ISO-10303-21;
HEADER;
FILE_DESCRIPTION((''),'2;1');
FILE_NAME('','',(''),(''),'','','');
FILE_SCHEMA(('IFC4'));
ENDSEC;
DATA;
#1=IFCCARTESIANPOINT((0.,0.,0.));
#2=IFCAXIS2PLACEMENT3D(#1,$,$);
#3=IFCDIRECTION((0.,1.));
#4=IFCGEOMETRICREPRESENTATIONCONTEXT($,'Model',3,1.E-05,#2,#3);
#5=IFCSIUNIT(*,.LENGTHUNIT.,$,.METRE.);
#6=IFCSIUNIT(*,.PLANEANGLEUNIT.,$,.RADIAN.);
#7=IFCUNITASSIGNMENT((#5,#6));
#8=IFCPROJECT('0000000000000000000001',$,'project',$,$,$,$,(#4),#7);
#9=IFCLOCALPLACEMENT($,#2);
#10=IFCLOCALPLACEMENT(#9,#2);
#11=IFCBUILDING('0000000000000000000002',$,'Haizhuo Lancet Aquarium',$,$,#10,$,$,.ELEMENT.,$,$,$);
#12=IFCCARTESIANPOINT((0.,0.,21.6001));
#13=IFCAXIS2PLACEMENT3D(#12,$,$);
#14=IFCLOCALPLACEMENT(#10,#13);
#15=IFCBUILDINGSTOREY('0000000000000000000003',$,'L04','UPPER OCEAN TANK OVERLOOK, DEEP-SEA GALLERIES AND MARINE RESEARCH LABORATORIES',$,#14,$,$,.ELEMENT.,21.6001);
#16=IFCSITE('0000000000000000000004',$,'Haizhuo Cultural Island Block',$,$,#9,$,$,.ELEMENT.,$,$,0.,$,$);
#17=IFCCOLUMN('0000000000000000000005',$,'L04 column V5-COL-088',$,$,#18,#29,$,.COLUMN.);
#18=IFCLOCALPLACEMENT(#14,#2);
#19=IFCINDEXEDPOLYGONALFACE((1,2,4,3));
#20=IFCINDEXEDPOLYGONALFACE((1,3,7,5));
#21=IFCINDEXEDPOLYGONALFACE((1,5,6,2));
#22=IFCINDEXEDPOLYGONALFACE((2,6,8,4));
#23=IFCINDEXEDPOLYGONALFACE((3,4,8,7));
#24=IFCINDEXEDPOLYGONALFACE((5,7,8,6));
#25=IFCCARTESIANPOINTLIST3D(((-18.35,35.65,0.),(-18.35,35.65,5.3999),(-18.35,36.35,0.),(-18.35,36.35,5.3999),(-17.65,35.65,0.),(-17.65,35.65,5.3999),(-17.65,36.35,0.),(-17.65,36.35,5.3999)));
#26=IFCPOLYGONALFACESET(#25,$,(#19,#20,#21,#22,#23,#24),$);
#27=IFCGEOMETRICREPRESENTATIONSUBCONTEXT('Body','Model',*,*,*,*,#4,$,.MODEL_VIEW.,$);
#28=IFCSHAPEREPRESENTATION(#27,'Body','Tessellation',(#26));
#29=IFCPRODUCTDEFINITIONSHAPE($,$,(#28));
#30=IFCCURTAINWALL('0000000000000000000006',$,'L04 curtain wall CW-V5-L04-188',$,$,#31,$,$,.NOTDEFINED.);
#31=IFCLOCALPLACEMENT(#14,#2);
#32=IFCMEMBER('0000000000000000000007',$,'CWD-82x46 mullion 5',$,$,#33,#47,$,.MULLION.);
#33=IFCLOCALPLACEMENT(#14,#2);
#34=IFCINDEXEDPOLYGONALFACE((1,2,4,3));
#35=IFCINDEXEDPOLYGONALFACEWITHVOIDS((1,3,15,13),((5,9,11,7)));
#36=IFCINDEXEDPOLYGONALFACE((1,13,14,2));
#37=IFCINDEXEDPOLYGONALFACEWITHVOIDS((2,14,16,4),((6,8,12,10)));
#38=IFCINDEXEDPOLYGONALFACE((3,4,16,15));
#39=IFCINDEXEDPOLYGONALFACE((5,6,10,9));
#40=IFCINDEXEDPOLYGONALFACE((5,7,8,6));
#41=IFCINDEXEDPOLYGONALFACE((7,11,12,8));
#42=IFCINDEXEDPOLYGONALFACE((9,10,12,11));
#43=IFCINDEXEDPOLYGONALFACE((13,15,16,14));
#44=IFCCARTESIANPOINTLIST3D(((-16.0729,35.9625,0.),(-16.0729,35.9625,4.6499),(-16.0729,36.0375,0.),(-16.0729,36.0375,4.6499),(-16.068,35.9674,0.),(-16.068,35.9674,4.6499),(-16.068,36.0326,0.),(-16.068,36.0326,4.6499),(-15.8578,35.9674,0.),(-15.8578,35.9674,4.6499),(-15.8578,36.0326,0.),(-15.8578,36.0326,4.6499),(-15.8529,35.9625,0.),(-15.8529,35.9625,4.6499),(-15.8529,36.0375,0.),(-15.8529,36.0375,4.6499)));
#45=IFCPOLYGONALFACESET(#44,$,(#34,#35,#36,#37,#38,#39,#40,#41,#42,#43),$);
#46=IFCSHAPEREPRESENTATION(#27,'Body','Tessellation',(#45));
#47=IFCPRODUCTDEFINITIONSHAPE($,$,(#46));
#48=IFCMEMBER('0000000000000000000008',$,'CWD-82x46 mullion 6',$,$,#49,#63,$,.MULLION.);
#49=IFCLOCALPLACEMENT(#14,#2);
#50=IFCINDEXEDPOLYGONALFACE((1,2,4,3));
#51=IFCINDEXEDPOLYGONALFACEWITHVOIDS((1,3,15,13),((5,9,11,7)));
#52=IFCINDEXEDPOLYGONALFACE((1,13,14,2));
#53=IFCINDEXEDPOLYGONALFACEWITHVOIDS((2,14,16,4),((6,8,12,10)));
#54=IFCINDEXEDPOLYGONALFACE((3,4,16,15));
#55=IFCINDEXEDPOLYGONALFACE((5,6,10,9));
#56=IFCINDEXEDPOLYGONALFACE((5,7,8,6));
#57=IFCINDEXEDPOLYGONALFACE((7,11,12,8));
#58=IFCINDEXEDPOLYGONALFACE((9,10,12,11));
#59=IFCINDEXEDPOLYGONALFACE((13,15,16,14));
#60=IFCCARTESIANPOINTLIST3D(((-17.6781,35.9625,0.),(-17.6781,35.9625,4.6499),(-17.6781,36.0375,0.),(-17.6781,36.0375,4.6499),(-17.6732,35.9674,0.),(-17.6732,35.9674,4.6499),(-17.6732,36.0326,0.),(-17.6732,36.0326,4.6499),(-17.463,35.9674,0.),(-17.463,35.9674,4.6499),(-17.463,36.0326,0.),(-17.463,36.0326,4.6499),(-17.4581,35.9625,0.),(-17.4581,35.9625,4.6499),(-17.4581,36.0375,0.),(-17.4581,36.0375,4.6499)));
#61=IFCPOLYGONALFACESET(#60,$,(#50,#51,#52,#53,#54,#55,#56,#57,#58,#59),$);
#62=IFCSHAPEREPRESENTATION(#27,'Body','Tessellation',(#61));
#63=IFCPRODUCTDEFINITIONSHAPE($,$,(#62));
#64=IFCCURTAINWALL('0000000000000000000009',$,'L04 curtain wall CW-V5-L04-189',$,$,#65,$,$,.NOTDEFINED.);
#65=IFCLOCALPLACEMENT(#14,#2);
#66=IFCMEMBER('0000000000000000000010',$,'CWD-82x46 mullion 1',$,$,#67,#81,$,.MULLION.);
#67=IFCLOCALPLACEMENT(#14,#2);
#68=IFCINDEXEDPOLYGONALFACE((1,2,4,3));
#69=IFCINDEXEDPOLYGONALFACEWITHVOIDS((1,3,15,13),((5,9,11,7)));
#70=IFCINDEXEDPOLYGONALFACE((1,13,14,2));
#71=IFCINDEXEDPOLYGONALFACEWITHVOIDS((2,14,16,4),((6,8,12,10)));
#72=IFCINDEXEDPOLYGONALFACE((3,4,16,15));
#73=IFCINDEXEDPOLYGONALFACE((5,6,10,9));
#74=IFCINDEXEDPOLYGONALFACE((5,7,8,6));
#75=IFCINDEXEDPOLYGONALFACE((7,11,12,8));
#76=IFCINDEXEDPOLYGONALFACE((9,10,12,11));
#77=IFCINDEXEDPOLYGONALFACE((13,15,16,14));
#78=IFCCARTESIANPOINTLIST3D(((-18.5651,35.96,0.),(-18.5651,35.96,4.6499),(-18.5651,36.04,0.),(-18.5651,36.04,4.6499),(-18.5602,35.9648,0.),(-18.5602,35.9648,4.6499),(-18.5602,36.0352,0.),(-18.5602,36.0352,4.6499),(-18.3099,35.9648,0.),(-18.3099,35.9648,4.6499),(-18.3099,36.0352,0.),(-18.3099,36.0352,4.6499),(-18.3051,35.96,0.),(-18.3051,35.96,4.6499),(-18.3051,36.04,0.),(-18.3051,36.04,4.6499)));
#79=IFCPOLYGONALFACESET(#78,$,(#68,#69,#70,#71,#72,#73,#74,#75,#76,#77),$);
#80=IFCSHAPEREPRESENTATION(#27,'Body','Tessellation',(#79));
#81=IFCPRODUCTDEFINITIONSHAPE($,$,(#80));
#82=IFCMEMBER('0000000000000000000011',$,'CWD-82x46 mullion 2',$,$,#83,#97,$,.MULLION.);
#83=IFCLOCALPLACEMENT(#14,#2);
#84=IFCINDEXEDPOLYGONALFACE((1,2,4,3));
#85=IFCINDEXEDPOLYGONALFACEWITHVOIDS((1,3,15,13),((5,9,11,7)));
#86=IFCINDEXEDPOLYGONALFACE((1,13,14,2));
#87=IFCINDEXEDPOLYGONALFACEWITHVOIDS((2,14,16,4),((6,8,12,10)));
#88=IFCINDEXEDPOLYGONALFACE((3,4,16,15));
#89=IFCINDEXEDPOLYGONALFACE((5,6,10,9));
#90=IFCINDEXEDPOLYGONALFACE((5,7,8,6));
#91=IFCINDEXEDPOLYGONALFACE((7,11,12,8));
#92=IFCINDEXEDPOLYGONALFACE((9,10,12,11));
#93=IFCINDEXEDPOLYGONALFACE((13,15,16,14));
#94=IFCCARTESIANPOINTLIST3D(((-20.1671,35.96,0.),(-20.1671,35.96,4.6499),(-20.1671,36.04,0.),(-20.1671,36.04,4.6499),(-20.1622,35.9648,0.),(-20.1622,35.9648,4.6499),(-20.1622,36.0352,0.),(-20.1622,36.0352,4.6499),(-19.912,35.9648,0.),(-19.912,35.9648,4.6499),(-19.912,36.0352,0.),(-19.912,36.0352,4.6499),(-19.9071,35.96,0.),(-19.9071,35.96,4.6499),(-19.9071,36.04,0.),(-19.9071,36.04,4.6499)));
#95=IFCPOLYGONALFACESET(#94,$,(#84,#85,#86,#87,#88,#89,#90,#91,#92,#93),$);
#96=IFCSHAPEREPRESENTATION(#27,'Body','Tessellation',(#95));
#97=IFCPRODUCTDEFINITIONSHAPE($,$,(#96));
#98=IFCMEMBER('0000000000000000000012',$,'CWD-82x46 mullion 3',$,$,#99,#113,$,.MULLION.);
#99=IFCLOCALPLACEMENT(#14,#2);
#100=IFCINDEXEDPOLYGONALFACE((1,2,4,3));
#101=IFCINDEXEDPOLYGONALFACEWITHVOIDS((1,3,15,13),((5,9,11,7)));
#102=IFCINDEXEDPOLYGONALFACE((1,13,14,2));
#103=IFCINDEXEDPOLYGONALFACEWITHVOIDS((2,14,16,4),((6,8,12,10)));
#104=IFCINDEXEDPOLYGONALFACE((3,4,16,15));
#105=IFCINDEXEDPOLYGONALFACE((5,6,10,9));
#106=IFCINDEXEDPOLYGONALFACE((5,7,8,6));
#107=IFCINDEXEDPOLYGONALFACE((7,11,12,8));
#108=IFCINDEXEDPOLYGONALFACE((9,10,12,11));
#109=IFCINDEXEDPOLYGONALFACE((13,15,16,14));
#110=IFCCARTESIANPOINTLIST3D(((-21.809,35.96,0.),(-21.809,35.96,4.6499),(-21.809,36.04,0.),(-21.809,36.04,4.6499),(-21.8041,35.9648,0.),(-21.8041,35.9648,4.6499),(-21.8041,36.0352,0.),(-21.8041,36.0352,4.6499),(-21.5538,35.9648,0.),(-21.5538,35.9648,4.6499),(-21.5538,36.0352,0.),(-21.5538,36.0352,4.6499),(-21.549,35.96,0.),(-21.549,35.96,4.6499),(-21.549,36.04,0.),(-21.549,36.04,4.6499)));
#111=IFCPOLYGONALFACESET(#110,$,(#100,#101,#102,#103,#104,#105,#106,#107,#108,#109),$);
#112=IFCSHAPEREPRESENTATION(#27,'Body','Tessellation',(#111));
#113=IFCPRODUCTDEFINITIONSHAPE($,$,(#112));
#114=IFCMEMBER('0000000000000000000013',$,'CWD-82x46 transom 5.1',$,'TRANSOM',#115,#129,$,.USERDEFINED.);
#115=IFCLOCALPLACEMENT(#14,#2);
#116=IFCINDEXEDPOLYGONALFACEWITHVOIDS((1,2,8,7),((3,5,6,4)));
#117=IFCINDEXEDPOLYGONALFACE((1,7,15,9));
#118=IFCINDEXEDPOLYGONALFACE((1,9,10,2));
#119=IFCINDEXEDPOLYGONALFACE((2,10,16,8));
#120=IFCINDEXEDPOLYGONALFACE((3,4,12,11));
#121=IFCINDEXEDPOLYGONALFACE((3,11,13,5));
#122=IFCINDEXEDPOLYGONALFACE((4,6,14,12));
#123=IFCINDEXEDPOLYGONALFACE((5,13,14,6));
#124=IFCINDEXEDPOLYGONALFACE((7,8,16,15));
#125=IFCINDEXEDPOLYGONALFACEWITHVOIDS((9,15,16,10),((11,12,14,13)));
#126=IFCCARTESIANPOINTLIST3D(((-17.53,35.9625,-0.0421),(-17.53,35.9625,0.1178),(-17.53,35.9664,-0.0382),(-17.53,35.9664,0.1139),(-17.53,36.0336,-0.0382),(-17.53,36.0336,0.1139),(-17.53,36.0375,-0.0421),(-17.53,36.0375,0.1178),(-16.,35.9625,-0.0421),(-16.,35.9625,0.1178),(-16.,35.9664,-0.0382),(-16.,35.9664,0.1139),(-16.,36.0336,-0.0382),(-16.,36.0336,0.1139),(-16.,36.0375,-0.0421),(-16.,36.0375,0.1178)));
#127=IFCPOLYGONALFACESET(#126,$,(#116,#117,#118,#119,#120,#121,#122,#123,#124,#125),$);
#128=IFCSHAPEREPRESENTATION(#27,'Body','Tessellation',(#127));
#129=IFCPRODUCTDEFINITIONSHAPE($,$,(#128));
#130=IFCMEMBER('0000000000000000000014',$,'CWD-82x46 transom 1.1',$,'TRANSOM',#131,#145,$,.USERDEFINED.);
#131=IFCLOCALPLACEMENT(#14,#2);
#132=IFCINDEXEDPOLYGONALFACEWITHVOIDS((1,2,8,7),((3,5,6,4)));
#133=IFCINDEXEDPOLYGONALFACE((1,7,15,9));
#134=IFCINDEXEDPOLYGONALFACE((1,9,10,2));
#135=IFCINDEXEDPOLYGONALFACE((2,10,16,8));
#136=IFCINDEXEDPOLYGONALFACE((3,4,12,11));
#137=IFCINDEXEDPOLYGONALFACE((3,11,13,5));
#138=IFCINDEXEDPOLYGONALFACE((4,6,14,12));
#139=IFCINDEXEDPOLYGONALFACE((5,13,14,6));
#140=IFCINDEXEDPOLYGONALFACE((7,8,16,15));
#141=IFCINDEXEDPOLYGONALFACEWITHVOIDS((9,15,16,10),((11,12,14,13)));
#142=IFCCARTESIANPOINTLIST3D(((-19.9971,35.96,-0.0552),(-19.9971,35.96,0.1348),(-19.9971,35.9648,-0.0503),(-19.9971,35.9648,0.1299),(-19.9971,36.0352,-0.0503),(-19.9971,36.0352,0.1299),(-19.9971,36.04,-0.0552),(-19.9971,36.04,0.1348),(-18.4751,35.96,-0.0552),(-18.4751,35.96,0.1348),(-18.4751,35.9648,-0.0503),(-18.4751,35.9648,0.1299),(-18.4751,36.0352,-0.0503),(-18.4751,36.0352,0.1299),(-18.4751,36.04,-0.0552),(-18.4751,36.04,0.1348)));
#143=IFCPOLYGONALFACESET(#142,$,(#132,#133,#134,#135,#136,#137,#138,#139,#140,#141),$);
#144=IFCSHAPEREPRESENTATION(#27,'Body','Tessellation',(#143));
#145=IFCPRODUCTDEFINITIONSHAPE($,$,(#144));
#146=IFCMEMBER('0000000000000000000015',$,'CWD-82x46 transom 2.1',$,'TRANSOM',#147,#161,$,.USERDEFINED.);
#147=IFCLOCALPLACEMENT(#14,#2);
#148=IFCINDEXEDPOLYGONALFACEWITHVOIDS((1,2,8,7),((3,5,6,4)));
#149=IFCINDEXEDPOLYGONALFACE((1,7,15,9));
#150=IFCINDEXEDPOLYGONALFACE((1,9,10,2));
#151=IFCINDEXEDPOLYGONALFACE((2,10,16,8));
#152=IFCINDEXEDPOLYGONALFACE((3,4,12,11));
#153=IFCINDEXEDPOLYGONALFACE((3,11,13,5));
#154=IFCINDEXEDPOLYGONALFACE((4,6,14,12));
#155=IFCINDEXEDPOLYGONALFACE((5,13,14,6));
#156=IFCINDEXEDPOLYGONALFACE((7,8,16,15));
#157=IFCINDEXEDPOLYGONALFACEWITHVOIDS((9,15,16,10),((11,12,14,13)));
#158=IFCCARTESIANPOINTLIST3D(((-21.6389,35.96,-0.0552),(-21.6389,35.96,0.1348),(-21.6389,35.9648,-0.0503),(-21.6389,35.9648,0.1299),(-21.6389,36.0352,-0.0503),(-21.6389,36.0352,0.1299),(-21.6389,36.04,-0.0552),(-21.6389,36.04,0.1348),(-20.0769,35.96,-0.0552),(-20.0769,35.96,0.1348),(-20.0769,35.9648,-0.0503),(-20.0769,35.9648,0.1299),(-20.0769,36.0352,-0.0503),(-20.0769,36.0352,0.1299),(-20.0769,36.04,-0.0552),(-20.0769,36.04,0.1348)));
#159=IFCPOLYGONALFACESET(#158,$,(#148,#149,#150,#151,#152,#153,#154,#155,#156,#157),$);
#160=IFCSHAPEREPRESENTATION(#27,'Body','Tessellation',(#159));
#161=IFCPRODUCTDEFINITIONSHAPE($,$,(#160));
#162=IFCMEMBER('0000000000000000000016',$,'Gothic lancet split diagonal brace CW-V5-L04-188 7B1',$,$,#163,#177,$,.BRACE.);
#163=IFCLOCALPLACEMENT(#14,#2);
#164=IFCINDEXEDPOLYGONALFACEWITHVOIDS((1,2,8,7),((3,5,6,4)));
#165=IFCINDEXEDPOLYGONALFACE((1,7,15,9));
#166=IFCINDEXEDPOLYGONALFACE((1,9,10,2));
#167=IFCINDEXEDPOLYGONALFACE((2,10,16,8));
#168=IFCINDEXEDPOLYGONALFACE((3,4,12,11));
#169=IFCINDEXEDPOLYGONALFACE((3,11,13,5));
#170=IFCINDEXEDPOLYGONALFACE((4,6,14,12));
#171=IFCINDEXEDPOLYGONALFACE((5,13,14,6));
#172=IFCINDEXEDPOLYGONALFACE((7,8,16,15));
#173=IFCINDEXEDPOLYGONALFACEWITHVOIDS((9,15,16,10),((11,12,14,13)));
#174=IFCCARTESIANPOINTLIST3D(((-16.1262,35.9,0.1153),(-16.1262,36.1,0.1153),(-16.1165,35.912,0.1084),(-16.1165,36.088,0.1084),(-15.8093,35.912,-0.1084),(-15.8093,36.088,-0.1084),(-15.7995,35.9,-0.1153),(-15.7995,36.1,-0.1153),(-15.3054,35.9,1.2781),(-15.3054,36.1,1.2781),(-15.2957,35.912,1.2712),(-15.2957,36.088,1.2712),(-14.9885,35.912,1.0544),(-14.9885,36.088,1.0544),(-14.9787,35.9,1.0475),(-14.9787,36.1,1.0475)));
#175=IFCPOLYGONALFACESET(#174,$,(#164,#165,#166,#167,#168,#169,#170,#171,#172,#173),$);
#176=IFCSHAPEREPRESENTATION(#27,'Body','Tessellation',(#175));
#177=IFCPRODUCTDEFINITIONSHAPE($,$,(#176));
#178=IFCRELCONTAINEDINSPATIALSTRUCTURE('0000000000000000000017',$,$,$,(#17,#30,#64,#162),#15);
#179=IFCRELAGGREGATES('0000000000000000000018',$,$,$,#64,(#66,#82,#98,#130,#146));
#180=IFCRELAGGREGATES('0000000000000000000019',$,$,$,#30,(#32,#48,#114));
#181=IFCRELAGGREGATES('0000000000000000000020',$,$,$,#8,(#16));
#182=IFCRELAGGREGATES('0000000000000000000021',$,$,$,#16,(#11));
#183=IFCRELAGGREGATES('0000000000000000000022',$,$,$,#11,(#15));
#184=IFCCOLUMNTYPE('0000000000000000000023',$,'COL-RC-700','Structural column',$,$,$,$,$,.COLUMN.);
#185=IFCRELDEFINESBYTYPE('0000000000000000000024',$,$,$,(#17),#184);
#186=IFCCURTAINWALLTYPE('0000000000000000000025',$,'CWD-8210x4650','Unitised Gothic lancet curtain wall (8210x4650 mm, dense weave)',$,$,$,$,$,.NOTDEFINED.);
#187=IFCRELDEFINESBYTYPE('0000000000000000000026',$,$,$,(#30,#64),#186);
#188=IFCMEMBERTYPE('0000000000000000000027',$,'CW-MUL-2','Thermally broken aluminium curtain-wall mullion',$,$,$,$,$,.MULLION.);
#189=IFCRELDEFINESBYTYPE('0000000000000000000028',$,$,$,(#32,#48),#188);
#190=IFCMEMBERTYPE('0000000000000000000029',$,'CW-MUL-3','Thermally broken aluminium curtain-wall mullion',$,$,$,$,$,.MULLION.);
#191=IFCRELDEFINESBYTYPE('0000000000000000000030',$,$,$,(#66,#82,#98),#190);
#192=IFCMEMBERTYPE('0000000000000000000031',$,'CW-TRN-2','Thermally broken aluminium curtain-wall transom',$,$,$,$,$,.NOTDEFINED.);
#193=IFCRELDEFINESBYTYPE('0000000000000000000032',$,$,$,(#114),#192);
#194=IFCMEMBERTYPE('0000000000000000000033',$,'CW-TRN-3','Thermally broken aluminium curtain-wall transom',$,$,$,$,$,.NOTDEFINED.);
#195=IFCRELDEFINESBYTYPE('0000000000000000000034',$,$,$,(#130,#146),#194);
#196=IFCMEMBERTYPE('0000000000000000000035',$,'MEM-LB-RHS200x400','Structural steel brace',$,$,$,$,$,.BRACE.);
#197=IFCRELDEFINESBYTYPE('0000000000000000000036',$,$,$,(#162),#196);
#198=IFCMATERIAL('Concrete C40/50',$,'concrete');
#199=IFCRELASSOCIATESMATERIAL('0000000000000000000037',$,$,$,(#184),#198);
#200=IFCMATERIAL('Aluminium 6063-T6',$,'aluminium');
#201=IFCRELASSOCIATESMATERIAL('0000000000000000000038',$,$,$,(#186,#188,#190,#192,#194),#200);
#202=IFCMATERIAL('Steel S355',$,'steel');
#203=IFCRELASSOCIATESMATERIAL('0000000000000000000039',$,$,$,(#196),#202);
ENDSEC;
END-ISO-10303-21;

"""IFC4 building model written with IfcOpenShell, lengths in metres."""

from ifc_helpers import new_model, si_unit, direction, frame, origin, origin_2d, place, context, subcontext, project, spatial, rectangle, hollow_rectangle, extrude, material, material_profile, profile_set, type_object, element, aggregate, save


model = new_model("IFC4")

# Units and contexts
model_context = context("Model", 3, precision=1e-05, world=origin(), true_north=direction((0.0, 1.0)))
body_context = subcontext(model_context, "Body", "Model", "MODEL_VIEW")
ifc_project = project(units=[si_unit("LENGTHUNIT", "METRE"), si_unit("PLANEANGLEUNIT", "RADIAN")], contexts=[model_context])

# Site, building, storey
site_placement = place(None, origin())
site = spatial("IfcSite", under=ifc_project, at=site_placement, Name="Haizhuo Cultural Island Block", CompositionType="ELEMENT", RefElevation=0.0)
building_placement = place(site_placement, origin())
building = spatial("IfcBuilding", under=site, at=building_placement, Name="Haizhuo Lancet Aquarium", CompositionType="ELEMENT")
storey_placement = place(building_placement, frame((0.0, 0.0, 21.6001)))
storey = spatial("IfcBuildingStorey", under=building, at=storey_placement, Name="L04", Description="UPPER OCEAN TANK OVERLOOK, DEEP-SEA GALLERIES AND MARINE RESEARCH LABORATORIES", CompositionType="ELEMENT", Elevation=21.6001)

# Column
ifc_material_1 = material(Name="Concrete C40/50", Category="concrete")
ifc_material_profile_1 = material_profile(ifc_material_1, rectangle(XDim=0.7, YDim=0.7, at=origin_2d()), Name="RC-COL 700x700")
ifc_profile_set_1 = profile_set([ifc_material_profile_1], Name="Concrete C40/50")
column_type = type_object("IfcColumnType", Name="COL-RC-700", Description="Structural column", PredefinedType="COLUMN", material=ifc_profile_set_1)
column_placement = place(storey_placement, frame((-18.0, 36.0, 0.0), z_axis=(0.0, 0.0, 1.0), x_axis=(1.0, 0.0, 0.0)))
element("IfcColumn", 1, at=column_placement, inside=storey, type_object=column_type, Name="L04 column V5-COL-088", PredefinedType="COLUMN", context=body_context, shape_type="SweptSolid", body=[
    extrude(rectangle(XDim=0.7, YDim=0.7, at=origin_2d()), origin(), (0.0, 0.0, 1.0), 5.3999),
])

# Curtain walls, members
ifc_material_2 = material(Name="Aluminium 6063-T6", Category="aluminium")
curtain_wall_type = type_object("IfcCurtainWallType", Name="CWD-8210x4650", Description="Unitised Gothic lancet curtain wall (8210x4650 mm, dense weave)", PredefinedType="NOTDEFINED", material=ifc_material_2)
curtain_wall_1_placement = place(storey_placement, origin())
curtain_wall_1 = element("IfcCurtainWall", 2, at=curtain_wall_1_placement, inside=storey, type_object=curtain_wall_type, Name="L04 curtain wall CW-V5-L04-188", PredefinedType="NOTDEFINED")
ifc_material_profile_2 = material_profile(ifc_material_2, hollow_rectangle(XDim=0.075, YDim=0.22, WallThickness=0.0049, at=origin_2d()), Name="ALU-M 75x220x5")
ifc_profile_set_2 = profile_set([ifc_material_profile_2], Name="Aluminium 6063-T6")
member_type_1 = type_object("IfcMemberType", Name="CW-MUL-2", Description="Thermally broken aluminium curtain-wall mullion", PredefinedType="MULLION", material=ifc_profile_set_2)
member_1_placement = place(storey_placement, frame((-15.9629, 36.0, 0.0), z_axis=(0.0, 0.0, 1.0), x_axis=(0.0, -1.0, 0.0)))
member_1 = element("IfcMember", 3, at=member_1_placement, type_object=member_type_1, Name="CWD-82x46 mullion 5", PredefinedType="MULLION", context=body_context, shape_type="SweptSolid", body=[
    extrude(hollow_rectangle(XDim=0.075, YDim=0.22, WallThickness=0.0049, at=origin_2d()), origin(), (0.0, 0.0, 1.0), 4.6499),
])
member_2_placement = place(storey_placement, frame((-17.5681, 36.0, 0.0), z_axis=(0.0, 0.0, 1.0), x_axis=(0.0, -1.0, 0.0)))
member_2 = element("IfcMember", 4, at=member_2_placement, type_object=member_type_1, Name="CWD-82x46 mullion 6", PredefinedType="MULLION", context=body_context, shape_type="SweptSolid", body=[
    extrude(hollow_rectangle(XDim=0.075, YDim=0.22, WallThickness=0.0049, at=origin_2d()), origin(), (0.0, 0.0, 1.0), 4.6499),
])
curtain_wall_2_placement = place(storey_placement, origin())
curtain_wall_2 = element("IfcCurtainWall", 5, at=curtain_wall_2_placement, inside=storey, type_object=curtain_wall_type, Name="L04 curtain wall CW-V5-L04-189", PredefinedType="NOTDEFINED")
ifc_material_profile_3 = material_profile(ifc_material_2, hollow_rectangle(XDim=0.0801, YDim=0.26, WallThickness=0.0049, at=origin_2d()), Name="ALU-M 80x260x5")
ifc_profile_set_3 = profile_set([ifc_material_profile_3], Name="Aluminium 6063-T6")
member_type_2 = type_object("IfcMemberType", Name="CW-MUL-3", Description="Thermally broken aluminium curtain-wall mullion", PredefinedType="MULLION", material=ifc_profile_set_3)
member_3_placement = place(storey_placement, frame((-18.4351, 36.0, 0.0), z_axis=(0.0, 0.0, 1.0), x_axis=(0.0, -1.0, 0.0)))
member_3 = element("IfcMember", 6, at=member_3_placement, type_object=member_type_2, Name="CWD-82x46 mullion 1", PredefinedType="MULLION", context=body_context, shape_type="SweptSolid", body=[
    extrude(hollow_rectangle(XDim=0.0801, YDim=0.26, WallThickness=0.0049, at=origin_2d()), origin(), (0.0, 0.0, 1.0), 4.6499),
])
member_4_placement = place(storey_placement, frame((-20.0371, 36.0, 0.0), z_axis=(0.0, 0.0, 1.0), x_axis=(0.0, -1.0, 0.0)))
member_4 = element("IfcMember", 7, at=member_4_placement, type_object=member_type_2, Name="CWD-82x46 mullion 2", PredefinedType="MULLION", context=body_context, shape_type="SweptSolid", body=[
    extrude(hollow_rectangle(XDim=0.0801, YDim=0.26, WallThickness=0.0049, at=origin_2d()), origin(), (0.0, 0.0, 1.0), 4.6499),
])
member_5_placement = place(storey_placement, frame((-21.679, 36.0, 0.0), z_axis=(0.0, 0.0, 1.0), x_axis=(0.0, -1.0, 0.0)))
member_5 = element("IfcMember", 8, at=member_5_placement, type_object=member_type_2, Name="CWD-82x46 mullion 3", PredefinedType="MULLION", context=body_context, shape_type="SweptSolid", body=[
    extrude(hollow_rectangle(XDim=0.0801, YDim=0.26, WallThickness=0.0049, at=origin_2d()), origin(), (0.0, 0.0, 1.0), 4.6499),
])

# Members
ifc_material_profile_4 = material_profile(ifc_material_2, hollow_rectangle(XDim=0.075, YDim=0.1599, WallThickness=0.0039, at=origin_2d()), Name="ALU-T 75x160x4")
ifc_profile_set_4 = profile_set([ifc_material_profile_4], Name="Aluminium 6063-T6")
member_type_3 = type_object("IfcMemberType", Name="CW-TRN-2", Description="Thermally broken aluminium curtain-wall transom", PredefinedType="NOTDEFINED", material=ifc_profile_set_4)
member_6_placement = place(storey_placement, frame((-16.0, 36.0, 0.0378), z_axis=(-1.0, 0.0, 0.0), x_axis=(0.0, -1.0, 0.0)))
member_6 = element("IfcMember", 9, at=member_6_placement, type_object=member_type_3, Name="CWD-82x46 transom 5.1", ObjectType="TRANSOM", PredefinedType="USERDEFINED", context=body_context, shape_type="SweptSolid", body=[
    extrude(hollow_rectangle(XDim=0.075, YDim=0.1599, WallThickness=0.0039, at=origin_2d()), origin(), (0.0, 0.0, 1.0), 1.53),
])
ifc_material_profile_5 = material_profile(ifc_material_2, hollow_rectangle(XDim=0.0801, YDim=0.1899, WallThickness=0.0049, at=origin_2d()), Name="ALU-T 80x190x5")
ifc_profile_set_5 = profile_set([ifc_material_profile_5], Name="Aluminium 6063-T6")
member_type_4 = type_object("IfcMemberType", Name="CW-TRN-3", Description="Thermally broken aluminium curtain-wall transom", PredefinedType="NOTDEFINED", material=ifc_profile_set_5)
member_7_placement = place(storey_placement, frame((-18.4751, 36.0, 0.0398), z_axis=(-1.0, 0.0, 0.0), x_axis=(0.0, -1.0, 0.0)))
member_7 = element("IfcMember", 10, at=member_7_placement, type_object=member_type_4, Name="CWD-82x46 transom 1.1", ObjectType="TRANSOM", PredefinedType="USERDEFINED", context=body_context, shape_type="SweptSolid", body=[
    extrude(hollow_rectangle(XDim=0.0801, YDim=0.1899, WallThickness=0.0049, at=origin_2d()), origin(), (0.0, 0.0, 1.0), 1.522),
])
member_8_placement = place(storey_placement, frame((-20.0769, 36.0, 0.0398), z_axis=(-1.0, 0.0, 0.0), x_axis=(0.0, -1.0, 0.0)))
member_8 = element("IfcMember", 11, at=member_8_placement, type_object=member_type_4, Name="CWD-82x46 transom 2.1", ObjectType="TRANSOM", PredefinedType="USERDEFINED", context=body_context, shape_type="SweptSolid", body=[
    extrude(hollow_rectangle(XDim=0.0801, YDim=0.1899, WallThickness=0.0049, at=origin_2d()), origin(), (0.0, 0.0, 1.0), 1.562),
])

# Member
ifc_material_3 = material(Name="Steel S355", Category="steel")
ifc_material_profile_6 = material_profile(ifc_material_3, hollow_rectangle(XDim=0.2, YDim=0.3999, WallThickness=0.012, at=origin_2d()), Name="RHS 200x400x12")
ifc_profile_set_6 = profile_set([ifc_material_profile_6], Name="Steel S355")
member_type_5 = type_object("IfcMemberType", Name="MEM-LB-RHS200x400", Description="Structural steel brace", PredefinedType="BRACE", material=ifc_profile_set_6)
member_9_placement = place(storey_placement, frame((-15.9629, 36.0, 0.0), z_axis=(0.57667, 0.0, 0.816977), x_axis=(0.0, 1.0, 0.0)))
element("IfcMember", 12, at=member_9_placement, inside=storey, type_object=member_type_5, Name="Gothic lancet split diagonal brace CW-V5-L04-188 7B1", PredefinedType="BRACE", context=body_context, shape_type="SweptSolid", body=[
    extrude(hollow_rectangle(XDim=0.2, YDim=0.3999, WallThickness=0.012, at=origin_2d()), origin(), (0.0, 0.0, 1.0), 1.4233),
])

aggregate(curtain_wall_2, [member_3, member_4, member_5, member_7, member_8])
aggregate(curtain_wall_1, [member_1, member_2, member_6])

save(model, "model.ifc")
